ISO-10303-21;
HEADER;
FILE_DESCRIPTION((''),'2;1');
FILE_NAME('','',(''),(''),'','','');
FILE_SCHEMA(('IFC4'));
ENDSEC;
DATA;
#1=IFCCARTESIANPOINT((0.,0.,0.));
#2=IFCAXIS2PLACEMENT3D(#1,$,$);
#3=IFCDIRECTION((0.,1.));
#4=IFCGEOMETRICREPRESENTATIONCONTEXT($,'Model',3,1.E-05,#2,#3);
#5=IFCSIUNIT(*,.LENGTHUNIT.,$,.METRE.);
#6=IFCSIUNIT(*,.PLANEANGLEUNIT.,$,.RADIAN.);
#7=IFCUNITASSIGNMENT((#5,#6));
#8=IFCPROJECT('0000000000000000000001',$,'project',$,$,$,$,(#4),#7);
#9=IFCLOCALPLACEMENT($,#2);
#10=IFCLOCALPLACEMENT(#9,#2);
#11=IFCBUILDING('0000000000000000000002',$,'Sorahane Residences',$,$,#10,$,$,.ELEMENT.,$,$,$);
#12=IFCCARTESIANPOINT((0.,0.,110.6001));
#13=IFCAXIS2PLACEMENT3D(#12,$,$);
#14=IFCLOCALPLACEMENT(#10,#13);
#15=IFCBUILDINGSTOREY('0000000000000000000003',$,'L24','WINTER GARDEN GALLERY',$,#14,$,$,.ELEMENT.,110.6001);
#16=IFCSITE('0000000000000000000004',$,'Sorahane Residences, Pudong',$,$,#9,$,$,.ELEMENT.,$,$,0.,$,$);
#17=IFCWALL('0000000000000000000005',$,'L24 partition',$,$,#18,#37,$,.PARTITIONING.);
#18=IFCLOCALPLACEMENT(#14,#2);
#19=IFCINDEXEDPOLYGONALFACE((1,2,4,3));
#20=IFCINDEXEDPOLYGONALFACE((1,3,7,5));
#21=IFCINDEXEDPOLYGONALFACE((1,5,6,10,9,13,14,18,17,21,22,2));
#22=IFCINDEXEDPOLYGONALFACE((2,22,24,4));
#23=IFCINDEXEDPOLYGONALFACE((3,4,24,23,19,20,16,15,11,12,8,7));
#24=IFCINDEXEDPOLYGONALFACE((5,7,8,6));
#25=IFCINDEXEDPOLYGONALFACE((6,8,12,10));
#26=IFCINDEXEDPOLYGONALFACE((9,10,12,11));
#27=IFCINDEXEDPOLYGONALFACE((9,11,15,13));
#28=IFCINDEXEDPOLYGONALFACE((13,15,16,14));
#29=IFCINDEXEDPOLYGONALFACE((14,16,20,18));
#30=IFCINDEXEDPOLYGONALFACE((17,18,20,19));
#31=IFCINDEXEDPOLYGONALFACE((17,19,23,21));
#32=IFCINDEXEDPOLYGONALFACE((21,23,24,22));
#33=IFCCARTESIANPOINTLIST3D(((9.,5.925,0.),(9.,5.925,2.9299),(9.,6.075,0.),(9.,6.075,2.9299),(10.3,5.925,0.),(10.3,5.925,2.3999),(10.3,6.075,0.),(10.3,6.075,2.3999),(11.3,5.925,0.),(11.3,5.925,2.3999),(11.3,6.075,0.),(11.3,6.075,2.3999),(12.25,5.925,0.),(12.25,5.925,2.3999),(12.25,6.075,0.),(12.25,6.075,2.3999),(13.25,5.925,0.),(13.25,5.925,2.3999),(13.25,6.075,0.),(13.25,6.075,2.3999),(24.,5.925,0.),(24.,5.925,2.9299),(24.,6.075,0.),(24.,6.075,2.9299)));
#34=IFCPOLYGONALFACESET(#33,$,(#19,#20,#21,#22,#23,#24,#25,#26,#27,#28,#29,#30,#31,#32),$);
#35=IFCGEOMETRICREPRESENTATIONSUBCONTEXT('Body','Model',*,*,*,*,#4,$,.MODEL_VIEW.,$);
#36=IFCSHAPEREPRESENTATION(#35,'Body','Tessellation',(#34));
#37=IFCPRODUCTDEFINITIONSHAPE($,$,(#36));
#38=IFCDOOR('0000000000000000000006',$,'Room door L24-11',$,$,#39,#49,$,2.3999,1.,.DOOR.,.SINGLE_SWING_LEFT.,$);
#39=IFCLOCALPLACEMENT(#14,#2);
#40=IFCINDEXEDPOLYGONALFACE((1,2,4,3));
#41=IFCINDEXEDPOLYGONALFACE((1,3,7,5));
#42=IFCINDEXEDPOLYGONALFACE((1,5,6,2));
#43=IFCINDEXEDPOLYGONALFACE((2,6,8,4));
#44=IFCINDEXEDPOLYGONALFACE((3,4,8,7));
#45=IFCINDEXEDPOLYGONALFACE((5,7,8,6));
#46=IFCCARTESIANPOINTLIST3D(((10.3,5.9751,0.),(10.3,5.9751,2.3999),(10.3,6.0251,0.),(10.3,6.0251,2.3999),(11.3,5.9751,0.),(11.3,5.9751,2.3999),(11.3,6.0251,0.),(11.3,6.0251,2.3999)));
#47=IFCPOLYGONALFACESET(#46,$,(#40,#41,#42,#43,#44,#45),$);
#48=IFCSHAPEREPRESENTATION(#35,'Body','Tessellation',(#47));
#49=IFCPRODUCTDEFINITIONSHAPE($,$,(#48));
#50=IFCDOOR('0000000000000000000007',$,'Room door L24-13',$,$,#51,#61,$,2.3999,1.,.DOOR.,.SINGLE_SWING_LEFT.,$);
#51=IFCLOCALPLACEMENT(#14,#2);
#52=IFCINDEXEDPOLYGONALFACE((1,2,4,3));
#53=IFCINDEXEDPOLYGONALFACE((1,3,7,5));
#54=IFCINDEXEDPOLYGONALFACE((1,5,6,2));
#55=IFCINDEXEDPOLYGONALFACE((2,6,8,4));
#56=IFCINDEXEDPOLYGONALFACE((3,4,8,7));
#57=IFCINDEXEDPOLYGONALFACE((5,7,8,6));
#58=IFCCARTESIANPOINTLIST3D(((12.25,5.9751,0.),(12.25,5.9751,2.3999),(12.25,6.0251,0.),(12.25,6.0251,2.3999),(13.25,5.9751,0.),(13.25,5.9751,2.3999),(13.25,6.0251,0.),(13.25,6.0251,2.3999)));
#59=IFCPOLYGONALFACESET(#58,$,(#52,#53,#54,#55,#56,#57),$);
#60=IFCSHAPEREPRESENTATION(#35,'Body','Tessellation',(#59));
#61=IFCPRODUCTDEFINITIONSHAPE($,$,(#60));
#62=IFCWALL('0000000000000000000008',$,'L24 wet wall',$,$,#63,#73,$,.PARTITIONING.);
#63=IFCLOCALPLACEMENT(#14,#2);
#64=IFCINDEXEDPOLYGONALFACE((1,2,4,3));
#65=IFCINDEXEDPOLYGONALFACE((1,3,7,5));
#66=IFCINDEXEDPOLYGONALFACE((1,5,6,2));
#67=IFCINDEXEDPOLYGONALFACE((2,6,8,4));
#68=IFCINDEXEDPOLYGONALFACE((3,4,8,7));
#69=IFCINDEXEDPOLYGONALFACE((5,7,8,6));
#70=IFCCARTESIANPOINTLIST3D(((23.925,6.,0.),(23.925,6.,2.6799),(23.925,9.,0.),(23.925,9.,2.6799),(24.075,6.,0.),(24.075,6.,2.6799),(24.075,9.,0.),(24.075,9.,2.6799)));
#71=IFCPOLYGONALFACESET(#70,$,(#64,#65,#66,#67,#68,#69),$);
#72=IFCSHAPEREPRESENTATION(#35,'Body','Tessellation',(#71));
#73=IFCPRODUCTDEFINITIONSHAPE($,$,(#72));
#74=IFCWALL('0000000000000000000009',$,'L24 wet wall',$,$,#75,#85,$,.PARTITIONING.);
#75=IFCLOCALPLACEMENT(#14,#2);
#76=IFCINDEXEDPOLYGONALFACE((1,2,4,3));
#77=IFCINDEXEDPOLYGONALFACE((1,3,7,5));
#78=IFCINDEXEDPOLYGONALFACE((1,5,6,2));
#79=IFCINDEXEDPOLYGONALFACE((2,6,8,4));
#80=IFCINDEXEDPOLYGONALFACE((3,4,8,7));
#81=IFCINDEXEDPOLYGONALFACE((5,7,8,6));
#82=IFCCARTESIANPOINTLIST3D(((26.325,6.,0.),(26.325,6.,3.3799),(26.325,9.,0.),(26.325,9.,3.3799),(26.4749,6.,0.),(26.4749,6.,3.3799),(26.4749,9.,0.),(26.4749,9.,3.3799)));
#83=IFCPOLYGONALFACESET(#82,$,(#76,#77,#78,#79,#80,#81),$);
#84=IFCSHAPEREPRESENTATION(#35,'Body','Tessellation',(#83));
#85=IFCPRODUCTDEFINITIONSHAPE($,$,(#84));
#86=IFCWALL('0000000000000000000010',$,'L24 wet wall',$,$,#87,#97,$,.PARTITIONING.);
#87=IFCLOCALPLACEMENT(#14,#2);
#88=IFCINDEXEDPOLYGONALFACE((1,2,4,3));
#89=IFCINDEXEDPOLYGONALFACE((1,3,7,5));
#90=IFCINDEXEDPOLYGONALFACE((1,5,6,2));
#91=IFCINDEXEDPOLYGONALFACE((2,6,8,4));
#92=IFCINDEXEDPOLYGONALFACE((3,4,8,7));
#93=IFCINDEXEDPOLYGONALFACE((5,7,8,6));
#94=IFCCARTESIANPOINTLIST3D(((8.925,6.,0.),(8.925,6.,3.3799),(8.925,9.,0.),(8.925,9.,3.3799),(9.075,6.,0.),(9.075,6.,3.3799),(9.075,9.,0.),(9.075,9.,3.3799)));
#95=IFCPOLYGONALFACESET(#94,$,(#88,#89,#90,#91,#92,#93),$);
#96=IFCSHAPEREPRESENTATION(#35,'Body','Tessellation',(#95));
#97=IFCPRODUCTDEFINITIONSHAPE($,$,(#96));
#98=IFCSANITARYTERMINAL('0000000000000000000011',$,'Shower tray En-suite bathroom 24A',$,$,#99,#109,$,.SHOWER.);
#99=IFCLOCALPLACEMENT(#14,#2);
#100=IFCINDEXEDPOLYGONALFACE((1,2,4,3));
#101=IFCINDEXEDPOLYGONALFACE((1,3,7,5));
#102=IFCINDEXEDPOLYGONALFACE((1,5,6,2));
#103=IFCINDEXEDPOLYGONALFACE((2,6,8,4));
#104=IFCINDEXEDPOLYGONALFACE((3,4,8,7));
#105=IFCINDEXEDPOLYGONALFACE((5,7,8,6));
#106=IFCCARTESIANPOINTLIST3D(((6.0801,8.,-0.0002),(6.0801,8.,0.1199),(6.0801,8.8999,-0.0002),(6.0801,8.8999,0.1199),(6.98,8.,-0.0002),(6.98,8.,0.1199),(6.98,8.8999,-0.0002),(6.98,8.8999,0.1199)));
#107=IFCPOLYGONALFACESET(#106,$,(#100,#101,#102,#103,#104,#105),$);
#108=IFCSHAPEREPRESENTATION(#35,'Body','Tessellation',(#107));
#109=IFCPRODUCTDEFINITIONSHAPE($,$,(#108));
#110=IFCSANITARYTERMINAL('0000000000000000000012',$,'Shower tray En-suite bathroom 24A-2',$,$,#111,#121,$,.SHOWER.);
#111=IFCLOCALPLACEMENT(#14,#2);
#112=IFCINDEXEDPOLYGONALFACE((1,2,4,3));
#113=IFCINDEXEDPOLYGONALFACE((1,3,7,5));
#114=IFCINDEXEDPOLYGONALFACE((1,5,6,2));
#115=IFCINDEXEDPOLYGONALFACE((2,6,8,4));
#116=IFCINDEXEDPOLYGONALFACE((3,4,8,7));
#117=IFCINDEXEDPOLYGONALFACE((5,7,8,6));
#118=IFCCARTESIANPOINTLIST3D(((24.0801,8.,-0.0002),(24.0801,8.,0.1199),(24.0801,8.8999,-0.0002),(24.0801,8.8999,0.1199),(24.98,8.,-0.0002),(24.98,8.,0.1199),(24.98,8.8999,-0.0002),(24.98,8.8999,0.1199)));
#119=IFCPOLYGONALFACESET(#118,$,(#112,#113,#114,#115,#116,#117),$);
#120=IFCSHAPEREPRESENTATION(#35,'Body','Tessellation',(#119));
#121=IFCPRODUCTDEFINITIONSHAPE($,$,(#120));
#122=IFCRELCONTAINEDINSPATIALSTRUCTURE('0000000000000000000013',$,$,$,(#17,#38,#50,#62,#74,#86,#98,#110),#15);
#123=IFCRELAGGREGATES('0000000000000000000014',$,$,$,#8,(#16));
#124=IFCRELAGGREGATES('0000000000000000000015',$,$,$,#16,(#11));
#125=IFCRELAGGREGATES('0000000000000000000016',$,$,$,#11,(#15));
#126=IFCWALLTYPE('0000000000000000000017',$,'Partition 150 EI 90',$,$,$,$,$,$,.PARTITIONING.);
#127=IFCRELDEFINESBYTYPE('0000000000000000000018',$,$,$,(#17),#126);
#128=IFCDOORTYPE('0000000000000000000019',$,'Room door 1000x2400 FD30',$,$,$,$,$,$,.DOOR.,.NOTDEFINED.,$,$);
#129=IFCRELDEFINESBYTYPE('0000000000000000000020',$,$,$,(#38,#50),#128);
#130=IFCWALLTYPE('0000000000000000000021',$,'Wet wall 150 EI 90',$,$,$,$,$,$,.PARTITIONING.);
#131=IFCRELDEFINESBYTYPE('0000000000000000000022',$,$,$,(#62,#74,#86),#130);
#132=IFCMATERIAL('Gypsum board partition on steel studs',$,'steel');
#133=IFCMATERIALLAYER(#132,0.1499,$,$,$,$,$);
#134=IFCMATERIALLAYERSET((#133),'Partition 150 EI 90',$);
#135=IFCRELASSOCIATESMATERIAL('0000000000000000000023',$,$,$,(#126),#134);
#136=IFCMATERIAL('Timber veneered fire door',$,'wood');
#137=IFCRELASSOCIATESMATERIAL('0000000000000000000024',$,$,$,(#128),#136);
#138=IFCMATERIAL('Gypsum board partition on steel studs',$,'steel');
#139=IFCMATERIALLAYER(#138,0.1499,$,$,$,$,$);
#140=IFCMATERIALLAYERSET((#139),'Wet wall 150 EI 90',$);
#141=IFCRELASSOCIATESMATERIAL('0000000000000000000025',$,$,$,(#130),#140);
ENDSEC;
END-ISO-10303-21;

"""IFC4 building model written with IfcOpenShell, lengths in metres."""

from ifc_helpers import new_model, si_unit, direction, frame, frame_2d, origin, origin_2d, place, context, subcontext, project, spatial, rectangle, extrude, material, layer, layer_set, type_object, element, fill, save


model = new_model("IFC4")

# Units and contexts
model_context = context("Model", 3, precision=1e-05, world=origin(), true_north=direction((0.0, 1.0)))
body_context = subcontext(model_context, "Body", "Model", "MODEL_VIEW")
ifc_project = project(units=[si_unit("LENGTHUNIT", "METRE"), si_unit("PLANEANGLEUNIT", "RADIAN")], contexts=[model_context])

# Site, building, storey
site_placement = place(None, origin())
site = spatial("IfcSite", under=ifc_project, at=site_placement, Name="Sorahane Residences, Pudong", CompositionType="ELEMENT", RefElevation=0.0)
building_placement = place(site_placement, origin())
building = spatial("IfcBuilding", under=site, at=building_placement, Name="Sorahane Residences", CompositionType="ELEMENT")
storey_placement = place(building_placement, frame((0.0, 0.0, 110.6001)))
storey = spatial("IfcBuildingStorey", under=building, at=storey_placement, Name="L24", Description="WINTER GARDEN GALLERY", CompositionType="ELEMENT", Elevation=110.6001)

# Shared definitions
ifc_material_1 = material(Name="Gypsum board partition on steel studs", Category="steel")
ifc_layer_1 = layer(ifc_material_1, 0.1499)
ifc_layer_set_1 = layer_set([ifc_layer_1], Name="Partition 150 EI 90")
wall_type_1 = type_object("IfcWallType", Name="Partition 150 EI 90", PredefinedType="PARTITIONING", material=ifc_layer_set_1)

# Wall, openings, doors
wall_1_placement = place(storey_placement, frame((9.0, 6.0, 0.0), z_axis=(0.0, 0.0, 1.0), x_axis=(1.0, 0.0, 0.0)))
wall_1 = element("IfcWall", 1, at=wall_1_placement, inside=storey, type_object=wall_type_1, Name="L24 partition", PredefinedType="PARTITIONING", context=body_context, shape_type="SweptSolid", body=[
    extrude(rectangle(XDim=15.0, YDim=0.1499, at=frame_2d((7.5, 0.0))), origin(), (0.0, 0.0, 1.0), 2.9299),
])
opening_1_placement = place(wall_1_placement, frame((1.3, 0.0, 0.0)))
opening_1 = element("IfcOpeningElement", 2, at=opening_1_placement, cuts=wall_1, PredefinedType="OPENING", context=body_context, shape_type="SweptSolid", body=[
    extrude(rectangle(XDim=1.0, YDim=2.3999, at=frame_2d((0.5, 1.2))), frame((0.0, 0.085, 0.0), z_axis=(0.0, -1.0, 0.0), x_axis=(1.0, 0.0, 0.0)), (0.0, 0.0, 1.0), 0.1699),
])
opening_2_placement = place(wall_1_placement, frame((3.25, 0.0, 0.0)))
opening_2 = element("IfcOpeningElement", 3, at=opening_2_placement, cuts=wall_1, PredefinedType="OPENING", context=body_context, shape_type="SweptSolid", body=[
    extrude(rectangle(XDim=1.0, YDim=2.3999, at=frame_2d((0.5, 1.2))), frame((0.0, 0.085, 0.0), z_axis=(0.0, -1.0, 0.0), x_axis=(1.0, 0.0, 0.0)), (0.0, 0.0, 1.0), 0.1699),
])
ifc_material_2 = material(Name="Timber veneered fire door", Category="wood")
door_type_1 = type_object("IfcDoorType", Name="Room door 1000x2400 FD30", OperationType="NOTDEFINED", PredefinedType="DOOR", material=ifc_material_2)
door_1_placement = place(opening_1_placement, frame((1.0, 0.0, 0.0), z_axis=(0.0, 0.0, 1.0), x_axis=(-1.0, 0.0, 0.0)))
door_1 = element("IfcDoor", 4, at=door_1_placement, inside=storey, type_object=door_type_1, Name="Room door L24-11", OperationType="SINGLE_SWING_LEFT", OverallHeight=2.3999, OverallWidth=1.0, PredefinedType="DOOR", context=body_context, shape_type="SweptSolid", body=[
    extrude(rectangle(XDim=1.0, YDim=2.3999, at=frame_2d((0.5, 1.2))), frame((0.0, 0.0249, 0.0), z_axis=(0.0, -1.0, 0.0), x_axis=(1.0, 0.0, 0.0)), (0.0, 0.0, 1.0), 0.05),
])
fill(opening_1, door_1)
door_2_placement = place(opening_2_placement, frame((1.0, 0.0, 0.0), z_axis=(0.0, 0.0, 1.0), x_axis=(-1.0, 0.0, 0.0)))
door_2 = element("IfcDoor", 5, at=door_2_placement, inside=storey, type_object=door_type_1, Name="Room door L24-13", OperationType="SINGLE_SWING_LEFT", OverallHeight=2.3999, OverallWidth=1.0, PredefinedType="DOOR", context=body_context, shape_type="SweptSolid", body=[
    extrude(rectangle(XDim=1.0, YDim=2.3999, at=frame_2d((0.5, 1.2))), frame((0.0, 0.0249, 0.0), z_axis=(0.0, -1.0, 0.0), x_axis=(1.0, 0.0, 0.0)), (0.0, 0.0, 1.0), 0.05),
])
fill(opening_2, door_2)

# Walls
ifc_material_3 = material(Name="Gypsum board partition on steel studs", Category="steel")
ifc_layer_2 = layer(ifc_material_3, 0.1499)
ifc_layer_set_2 = layer_set([ifc_layer_2], Name="Wet wall 150 EI 90")
wall_type_2 = type_object("IfcWallType", Name="Wet wall 150 EI 90", PredefinedType="PARTITIONING", material=ifc_layer_set_2)
wall_2_placement = place(storey_placement, frame((24.0, 6.0, 0.0), z_axis=(0.0, 0.0, 1.0), x_axis=(0.0, 1.0, 0.0)))
element("IfcWall", 6, at=wall_2_placement, inside=storey, type_object=wall_type_2, Name="L24 wet wall", PredefinedType="PARTITIONING", context=body_context, shape_type="SweptSolid", body=[
    extrude(rectangle(XDim=3.0, YDim=0.1499, at=frame_2d((1.5, 0.0))), origin(), (0.0, 0.0, 1.0), 2.6799),
])
for number, where, z_axis, x_axis, name in (
    (7, (26.3999, 6.0, 0.0), (0.0, 0.0, 1.0), (0.0, 1.0, 0.0), "L24 wet wall"),
    (8, (9.0, 6.0, 0.0), (0.0, 0.0, 1.0), (0.0, 1.0, 0.0), "L24 wet wall"),
):
    element("IfcWall", number, at=place(storey_placement, frame(where, z_axis=z_axis, x_axis=x_axis)), inside=storey, type_object=wall_type_2, Name=name, PredefinedType="PARTITIONING", context=body_context, shape_type="SweptSolid", body=[
        extrude(rectangle(XDim=3.0, YDim=0.1499, at=frame_2d((1.5, 0.0))), origin(), (0.0, 0.0, 1.0), 3.3799),
    ])

# Sanitary terminals
for number, where, z_axis, x_axis, name in (
    (9, (6.53, 8.45, -0.0002), (0.0, 0.0, 1.0), (1.0, 0.0, 0.0), "Shower tray En-suite bathroom 24A"),
    (10, (24.53, 8.45, -0.0002), (0.0, 0.0, 1.0), (1.0, 0.0, 0.0), "Shower tray En-suite bathroom 24A-2"),
):
    element("IfcSanitaryTerminal", number, at=place(storey_placement, frame(where, z_axis=z_axis, x_axis=x_axis)), inside=storey, Name=name, PredefinedType="SHOWER", context=body_context, shape_type="SweptSolid", body=[
        extrude(rectangle(XDim=0.8999, YDim=0.8999, at=origin_2d()), origin(), (0.0, 0.0, 1.0), 0.1201),
    ])

save(model, "model.ifc")
